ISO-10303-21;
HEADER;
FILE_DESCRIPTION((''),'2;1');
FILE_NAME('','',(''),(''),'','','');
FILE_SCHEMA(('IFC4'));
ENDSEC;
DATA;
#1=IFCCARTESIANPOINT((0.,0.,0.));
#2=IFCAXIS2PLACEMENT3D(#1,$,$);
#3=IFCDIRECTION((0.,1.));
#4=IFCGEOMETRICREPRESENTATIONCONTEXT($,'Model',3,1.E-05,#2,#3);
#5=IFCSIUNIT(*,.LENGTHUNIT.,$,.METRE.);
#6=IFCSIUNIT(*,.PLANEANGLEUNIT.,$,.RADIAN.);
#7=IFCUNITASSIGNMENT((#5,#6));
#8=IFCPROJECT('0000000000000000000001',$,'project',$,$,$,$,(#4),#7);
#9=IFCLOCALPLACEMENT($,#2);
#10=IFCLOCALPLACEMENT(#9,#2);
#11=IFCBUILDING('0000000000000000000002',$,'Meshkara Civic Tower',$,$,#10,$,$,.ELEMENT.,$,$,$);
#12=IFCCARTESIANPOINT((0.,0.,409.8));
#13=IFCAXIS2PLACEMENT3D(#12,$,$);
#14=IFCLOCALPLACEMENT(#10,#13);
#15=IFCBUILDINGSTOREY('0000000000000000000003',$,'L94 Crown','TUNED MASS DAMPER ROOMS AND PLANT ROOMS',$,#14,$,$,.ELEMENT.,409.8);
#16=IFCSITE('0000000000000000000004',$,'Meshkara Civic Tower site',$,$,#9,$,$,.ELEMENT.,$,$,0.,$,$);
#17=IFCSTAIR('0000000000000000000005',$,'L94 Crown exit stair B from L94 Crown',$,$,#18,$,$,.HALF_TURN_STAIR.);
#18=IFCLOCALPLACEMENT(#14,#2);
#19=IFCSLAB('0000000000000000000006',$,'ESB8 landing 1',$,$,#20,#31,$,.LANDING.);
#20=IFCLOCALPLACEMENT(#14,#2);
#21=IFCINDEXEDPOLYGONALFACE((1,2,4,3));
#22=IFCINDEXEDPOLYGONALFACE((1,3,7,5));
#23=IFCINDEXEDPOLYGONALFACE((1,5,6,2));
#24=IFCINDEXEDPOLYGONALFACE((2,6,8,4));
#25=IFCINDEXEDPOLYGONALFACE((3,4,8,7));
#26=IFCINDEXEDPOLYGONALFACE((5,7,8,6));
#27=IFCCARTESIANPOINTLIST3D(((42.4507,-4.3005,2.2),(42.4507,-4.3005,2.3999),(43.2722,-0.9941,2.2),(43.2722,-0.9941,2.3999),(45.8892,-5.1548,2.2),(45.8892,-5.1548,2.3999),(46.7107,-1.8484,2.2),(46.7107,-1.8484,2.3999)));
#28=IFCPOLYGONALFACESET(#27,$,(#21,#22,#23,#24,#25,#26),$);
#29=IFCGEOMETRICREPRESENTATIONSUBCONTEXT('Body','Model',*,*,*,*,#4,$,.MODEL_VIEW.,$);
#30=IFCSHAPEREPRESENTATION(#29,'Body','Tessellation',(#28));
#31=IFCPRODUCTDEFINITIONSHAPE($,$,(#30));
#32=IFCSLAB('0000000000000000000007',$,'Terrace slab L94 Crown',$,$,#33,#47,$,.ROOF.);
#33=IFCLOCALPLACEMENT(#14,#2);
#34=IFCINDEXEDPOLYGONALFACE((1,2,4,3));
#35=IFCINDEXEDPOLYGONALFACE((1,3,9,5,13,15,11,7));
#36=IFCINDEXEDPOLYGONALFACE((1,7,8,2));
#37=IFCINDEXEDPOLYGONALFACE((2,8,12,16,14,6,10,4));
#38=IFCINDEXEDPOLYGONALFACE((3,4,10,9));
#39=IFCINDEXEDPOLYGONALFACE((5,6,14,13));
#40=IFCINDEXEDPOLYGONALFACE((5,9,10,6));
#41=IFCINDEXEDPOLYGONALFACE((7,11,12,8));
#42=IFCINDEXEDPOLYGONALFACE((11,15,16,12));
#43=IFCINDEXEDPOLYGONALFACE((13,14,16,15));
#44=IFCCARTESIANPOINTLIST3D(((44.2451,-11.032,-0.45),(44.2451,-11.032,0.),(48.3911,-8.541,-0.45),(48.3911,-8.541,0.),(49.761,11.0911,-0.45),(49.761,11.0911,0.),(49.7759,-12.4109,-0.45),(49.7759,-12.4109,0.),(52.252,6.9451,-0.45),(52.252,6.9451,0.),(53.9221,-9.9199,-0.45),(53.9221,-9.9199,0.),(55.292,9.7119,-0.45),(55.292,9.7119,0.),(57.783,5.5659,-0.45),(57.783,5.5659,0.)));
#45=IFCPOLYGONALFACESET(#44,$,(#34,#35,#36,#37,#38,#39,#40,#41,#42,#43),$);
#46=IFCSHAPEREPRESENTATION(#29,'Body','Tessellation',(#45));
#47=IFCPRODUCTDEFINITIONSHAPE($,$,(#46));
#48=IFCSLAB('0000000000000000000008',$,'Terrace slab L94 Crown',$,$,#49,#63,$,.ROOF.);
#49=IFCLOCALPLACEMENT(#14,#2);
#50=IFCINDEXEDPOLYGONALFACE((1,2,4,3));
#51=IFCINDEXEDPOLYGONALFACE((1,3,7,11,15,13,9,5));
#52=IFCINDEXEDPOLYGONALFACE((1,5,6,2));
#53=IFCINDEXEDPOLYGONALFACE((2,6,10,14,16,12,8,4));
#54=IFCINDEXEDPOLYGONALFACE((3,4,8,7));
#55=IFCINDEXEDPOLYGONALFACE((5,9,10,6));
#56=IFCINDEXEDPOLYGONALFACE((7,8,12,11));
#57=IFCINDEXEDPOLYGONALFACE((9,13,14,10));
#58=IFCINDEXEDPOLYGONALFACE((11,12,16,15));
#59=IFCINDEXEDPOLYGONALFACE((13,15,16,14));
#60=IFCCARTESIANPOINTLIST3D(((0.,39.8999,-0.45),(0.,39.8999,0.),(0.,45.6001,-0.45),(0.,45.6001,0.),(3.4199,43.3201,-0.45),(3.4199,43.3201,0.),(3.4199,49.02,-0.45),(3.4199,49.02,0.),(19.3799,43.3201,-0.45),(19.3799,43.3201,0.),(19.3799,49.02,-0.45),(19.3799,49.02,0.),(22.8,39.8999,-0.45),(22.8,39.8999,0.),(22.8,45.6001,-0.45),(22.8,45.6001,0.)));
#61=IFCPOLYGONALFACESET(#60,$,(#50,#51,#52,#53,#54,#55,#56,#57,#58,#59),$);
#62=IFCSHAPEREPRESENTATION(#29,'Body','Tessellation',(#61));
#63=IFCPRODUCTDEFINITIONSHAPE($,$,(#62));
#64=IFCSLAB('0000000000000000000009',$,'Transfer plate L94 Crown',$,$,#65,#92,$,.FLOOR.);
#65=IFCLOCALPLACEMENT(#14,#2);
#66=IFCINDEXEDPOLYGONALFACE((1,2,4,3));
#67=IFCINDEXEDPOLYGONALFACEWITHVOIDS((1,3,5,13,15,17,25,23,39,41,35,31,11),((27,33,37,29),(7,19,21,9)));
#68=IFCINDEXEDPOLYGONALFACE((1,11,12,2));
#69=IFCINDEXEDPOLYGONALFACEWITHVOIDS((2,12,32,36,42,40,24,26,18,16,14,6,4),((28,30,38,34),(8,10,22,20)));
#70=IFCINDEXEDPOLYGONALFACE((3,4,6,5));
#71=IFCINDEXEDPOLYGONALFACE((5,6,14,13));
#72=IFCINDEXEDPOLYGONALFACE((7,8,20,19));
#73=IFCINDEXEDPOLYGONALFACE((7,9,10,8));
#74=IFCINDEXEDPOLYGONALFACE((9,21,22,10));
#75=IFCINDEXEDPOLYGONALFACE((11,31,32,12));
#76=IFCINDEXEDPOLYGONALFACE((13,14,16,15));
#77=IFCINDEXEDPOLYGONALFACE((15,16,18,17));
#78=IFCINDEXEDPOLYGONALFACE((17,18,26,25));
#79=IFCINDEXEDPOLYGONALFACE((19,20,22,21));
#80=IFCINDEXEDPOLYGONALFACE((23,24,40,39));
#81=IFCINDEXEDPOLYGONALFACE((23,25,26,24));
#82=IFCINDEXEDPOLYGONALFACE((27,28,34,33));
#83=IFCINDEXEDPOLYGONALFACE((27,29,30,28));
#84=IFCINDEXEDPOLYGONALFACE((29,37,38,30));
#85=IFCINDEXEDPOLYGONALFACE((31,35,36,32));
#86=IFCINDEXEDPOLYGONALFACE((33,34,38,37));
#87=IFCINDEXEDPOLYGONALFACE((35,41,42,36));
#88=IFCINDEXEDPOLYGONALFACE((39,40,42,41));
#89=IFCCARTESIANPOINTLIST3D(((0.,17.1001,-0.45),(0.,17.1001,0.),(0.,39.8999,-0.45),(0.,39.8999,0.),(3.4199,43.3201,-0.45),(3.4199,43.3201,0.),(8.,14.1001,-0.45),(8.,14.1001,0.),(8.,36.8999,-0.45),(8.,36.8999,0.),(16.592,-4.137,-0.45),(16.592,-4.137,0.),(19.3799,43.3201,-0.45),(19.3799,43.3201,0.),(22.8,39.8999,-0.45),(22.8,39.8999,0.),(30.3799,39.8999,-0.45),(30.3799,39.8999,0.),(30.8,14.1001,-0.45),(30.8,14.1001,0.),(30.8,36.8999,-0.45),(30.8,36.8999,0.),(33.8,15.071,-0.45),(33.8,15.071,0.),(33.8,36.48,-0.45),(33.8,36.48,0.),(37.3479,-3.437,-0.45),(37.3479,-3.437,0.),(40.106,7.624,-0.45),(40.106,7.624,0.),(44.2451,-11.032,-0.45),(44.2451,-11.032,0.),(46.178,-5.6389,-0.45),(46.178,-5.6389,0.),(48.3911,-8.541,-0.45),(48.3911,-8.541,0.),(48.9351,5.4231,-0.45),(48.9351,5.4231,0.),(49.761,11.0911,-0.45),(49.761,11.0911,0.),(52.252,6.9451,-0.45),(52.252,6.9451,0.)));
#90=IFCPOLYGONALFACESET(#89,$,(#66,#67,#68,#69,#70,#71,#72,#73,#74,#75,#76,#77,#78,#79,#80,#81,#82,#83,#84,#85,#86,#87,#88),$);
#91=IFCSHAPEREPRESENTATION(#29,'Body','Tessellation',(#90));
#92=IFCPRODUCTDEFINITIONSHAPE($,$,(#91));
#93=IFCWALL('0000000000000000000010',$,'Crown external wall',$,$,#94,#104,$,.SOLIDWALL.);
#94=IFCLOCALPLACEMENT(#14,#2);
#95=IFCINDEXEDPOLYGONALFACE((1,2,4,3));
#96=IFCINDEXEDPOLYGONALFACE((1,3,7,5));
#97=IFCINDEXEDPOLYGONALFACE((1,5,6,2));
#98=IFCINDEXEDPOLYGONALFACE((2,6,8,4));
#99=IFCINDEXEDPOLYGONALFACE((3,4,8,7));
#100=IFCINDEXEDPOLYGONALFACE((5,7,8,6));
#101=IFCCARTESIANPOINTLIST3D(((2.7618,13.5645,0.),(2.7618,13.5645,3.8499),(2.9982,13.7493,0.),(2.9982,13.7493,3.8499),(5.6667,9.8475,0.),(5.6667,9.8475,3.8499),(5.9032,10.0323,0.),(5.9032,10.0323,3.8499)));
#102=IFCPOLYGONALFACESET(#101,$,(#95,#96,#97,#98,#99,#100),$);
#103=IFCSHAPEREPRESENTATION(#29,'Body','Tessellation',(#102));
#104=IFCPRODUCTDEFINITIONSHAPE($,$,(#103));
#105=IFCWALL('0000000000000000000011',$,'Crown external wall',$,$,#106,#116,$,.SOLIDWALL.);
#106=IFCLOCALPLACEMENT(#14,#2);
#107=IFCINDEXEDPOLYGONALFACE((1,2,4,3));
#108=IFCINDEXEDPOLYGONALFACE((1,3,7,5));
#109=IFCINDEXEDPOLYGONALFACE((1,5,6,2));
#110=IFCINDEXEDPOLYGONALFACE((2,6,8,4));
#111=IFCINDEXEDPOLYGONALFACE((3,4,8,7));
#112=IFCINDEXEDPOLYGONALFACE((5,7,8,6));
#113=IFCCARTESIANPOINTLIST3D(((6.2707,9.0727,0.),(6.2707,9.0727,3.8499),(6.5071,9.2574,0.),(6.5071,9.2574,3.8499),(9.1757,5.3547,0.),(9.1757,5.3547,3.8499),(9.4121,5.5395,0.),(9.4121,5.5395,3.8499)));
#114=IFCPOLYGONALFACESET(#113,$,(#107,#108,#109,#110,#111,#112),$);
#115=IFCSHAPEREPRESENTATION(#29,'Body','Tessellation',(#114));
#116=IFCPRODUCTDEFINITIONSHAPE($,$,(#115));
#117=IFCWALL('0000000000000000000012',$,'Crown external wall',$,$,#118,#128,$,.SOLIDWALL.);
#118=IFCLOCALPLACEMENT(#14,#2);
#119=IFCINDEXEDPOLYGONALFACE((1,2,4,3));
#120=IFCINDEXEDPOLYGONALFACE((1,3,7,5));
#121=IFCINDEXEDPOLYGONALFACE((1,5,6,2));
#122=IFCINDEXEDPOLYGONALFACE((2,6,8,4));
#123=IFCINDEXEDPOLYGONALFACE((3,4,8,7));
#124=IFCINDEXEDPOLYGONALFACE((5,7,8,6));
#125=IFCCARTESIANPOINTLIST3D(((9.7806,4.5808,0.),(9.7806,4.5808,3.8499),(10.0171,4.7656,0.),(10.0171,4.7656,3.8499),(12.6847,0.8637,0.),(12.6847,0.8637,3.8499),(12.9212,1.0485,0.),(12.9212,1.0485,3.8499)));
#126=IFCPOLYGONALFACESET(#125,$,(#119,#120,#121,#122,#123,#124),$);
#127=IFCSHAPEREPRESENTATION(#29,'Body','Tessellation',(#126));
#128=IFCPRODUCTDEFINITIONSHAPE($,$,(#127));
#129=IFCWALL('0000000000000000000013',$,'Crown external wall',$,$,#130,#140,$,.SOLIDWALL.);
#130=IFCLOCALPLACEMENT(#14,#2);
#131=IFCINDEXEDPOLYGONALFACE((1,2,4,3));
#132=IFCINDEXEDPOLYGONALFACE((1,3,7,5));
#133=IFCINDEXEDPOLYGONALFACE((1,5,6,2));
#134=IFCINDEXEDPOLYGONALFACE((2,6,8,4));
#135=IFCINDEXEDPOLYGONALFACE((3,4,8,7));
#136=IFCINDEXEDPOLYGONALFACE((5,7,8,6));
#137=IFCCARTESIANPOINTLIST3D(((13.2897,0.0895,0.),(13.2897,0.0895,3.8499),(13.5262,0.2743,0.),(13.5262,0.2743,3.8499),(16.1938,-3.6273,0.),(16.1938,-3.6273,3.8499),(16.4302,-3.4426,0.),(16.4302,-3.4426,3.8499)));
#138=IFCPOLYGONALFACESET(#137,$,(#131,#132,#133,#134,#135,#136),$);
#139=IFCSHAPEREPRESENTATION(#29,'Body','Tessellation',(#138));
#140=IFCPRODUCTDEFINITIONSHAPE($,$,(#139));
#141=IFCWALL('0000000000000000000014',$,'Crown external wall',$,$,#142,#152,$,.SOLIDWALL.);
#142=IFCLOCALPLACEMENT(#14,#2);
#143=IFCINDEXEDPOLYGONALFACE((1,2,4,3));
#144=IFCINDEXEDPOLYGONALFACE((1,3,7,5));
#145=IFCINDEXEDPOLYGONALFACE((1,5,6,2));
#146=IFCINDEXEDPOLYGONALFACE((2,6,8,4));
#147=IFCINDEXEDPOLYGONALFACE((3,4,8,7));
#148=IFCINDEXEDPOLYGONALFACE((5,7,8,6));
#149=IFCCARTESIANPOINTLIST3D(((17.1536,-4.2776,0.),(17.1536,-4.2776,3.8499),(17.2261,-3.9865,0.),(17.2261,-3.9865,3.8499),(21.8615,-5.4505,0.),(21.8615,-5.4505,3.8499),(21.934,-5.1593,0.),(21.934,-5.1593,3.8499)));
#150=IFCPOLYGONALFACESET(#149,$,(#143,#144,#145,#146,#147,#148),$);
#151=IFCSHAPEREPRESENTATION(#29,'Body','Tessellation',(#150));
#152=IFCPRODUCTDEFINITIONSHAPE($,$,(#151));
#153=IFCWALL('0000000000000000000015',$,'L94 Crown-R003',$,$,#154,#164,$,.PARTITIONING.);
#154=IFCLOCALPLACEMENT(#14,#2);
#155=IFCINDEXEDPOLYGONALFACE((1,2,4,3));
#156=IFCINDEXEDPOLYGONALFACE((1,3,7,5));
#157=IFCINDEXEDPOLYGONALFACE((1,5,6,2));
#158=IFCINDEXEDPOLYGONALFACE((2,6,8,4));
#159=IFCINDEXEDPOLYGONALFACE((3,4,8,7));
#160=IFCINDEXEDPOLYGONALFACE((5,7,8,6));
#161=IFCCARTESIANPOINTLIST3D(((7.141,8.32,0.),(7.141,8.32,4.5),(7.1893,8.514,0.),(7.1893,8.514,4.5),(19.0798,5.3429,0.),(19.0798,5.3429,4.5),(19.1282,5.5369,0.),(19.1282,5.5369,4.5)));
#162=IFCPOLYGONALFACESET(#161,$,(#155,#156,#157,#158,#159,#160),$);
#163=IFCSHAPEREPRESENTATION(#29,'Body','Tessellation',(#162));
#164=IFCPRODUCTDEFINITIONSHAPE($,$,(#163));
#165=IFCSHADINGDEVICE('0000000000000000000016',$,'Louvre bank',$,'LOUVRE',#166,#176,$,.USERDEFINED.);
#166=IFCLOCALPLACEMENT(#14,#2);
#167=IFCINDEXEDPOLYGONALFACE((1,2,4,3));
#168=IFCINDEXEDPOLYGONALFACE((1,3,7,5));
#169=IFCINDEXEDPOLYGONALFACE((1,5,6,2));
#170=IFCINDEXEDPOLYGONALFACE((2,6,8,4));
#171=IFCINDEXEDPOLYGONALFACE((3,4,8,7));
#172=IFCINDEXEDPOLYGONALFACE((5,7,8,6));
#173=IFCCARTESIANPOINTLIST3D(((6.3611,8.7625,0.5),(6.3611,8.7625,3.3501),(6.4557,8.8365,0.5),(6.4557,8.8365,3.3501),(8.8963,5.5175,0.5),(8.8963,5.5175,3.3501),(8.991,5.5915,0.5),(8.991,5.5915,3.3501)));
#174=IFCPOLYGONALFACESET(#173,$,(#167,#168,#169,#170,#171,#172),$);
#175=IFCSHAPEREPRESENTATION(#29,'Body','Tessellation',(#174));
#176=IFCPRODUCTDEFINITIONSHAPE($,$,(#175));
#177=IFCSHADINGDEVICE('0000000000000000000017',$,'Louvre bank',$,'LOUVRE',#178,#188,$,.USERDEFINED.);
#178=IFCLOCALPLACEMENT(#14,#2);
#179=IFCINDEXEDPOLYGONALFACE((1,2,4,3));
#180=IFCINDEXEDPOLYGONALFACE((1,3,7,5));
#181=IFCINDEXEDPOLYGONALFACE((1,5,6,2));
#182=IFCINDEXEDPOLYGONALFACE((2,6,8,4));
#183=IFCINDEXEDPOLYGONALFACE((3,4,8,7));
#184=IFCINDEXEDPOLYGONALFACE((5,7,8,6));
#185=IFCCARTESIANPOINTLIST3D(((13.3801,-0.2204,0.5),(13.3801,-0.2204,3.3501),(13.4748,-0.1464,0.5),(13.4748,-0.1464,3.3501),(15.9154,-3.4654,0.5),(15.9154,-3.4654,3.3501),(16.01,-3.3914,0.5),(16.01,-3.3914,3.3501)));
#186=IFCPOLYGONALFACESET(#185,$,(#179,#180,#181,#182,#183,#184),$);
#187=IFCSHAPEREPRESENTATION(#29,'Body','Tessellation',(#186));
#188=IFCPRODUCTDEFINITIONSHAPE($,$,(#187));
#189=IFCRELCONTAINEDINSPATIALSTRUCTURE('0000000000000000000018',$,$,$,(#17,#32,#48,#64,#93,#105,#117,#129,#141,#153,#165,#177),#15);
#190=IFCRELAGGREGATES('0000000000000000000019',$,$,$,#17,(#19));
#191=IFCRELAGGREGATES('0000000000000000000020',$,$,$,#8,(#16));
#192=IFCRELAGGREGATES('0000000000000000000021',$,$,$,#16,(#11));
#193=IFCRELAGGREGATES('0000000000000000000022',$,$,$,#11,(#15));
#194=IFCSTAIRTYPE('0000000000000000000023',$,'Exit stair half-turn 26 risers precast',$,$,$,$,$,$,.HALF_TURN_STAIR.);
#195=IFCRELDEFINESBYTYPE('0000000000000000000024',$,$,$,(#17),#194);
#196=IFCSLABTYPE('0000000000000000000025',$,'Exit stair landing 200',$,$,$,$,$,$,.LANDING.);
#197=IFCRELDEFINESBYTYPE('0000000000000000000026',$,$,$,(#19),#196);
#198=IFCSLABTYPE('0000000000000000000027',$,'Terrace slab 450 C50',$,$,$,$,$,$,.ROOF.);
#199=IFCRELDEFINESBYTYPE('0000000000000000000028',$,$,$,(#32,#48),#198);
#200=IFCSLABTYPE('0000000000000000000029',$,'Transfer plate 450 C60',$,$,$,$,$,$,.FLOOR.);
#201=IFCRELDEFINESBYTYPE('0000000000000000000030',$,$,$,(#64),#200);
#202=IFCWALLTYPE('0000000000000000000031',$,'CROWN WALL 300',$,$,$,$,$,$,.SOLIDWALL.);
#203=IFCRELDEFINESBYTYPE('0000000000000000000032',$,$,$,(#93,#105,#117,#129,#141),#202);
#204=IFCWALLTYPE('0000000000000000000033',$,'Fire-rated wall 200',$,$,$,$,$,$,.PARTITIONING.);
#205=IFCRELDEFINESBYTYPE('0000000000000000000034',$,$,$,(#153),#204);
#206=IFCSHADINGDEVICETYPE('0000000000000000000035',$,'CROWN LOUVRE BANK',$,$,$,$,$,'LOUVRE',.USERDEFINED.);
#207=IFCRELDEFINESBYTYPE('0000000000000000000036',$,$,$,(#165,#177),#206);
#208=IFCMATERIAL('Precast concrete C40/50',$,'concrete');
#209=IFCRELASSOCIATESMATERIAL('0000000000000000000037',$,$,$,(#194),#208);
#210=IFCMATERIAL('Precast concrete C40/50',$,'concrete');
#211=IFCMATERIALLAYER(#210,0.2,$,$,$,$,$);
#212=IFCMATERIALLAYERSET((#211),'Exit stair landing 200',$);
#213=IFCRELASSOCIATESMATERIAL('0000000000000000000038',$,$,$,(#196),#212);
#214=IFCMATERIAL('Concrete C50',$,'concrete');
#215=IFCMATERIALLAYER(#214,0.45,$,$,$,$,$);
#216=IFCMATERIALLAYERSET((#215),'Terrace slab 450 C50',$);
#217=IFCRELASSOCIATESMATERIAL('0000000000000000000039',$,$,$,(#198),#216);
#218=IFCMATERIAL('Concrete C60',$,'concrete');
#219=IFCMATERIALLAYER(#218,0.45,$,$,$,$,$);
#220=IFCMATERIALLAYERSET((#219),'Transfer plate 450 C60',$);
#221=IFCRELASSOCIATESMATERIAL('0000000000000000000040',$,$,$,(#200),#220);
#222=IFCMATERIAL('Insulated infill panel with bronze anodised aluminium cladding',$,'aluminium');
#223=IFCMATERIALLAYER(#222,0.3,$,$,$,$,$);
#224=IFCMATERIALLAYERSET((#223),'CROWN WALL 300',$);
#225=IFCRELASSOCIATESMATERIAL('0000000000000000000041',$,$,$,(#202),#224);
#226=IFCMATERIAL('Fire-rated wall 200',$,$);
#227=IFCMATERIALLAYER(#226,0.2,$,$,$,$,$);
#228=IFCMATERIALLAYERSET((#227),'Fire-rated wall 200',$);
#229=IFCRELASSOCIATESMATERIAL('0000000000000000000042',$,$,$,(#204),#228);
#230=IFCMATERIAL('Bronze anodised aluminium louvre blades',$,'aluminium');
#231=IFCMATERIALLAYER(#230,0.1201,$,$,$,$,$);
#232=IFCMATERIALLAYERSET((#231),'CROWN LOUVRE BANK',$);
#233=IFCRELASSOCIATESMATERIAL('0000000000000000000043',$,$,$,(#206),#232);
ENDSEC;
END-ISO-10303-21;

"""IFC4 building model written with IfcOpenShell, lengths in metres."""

from ifc_helpers import new_model, si_unit, direction, frame, frame_2d, origin, origin_2d, place, context, subcontext, project, spatial, polyline, rectangle, outline, extrude, material, layer, layer_set, type_object, element, aggregate, save


model = new_model("IFC4")

# Units and contexts
model_context = context("Model", 3, precision=1e-05, world=origin(), true_north=direction((0.0, 1.0)))
body_context = subcontext(model_context, "Body", "Model", "MODEL_VIEW")
ifc_project = project(units=[si_unit("LENGTHUNIT", "METRE"), si_unit("PLANEANGLEUNIT", "RADIAN")], contexts=[model_context])

# Site, building, storey
site_placement = place(None, origin())
site = spatial("IfcSite", under=ifc_project, at=site_placement, Name="Meshkara Civic Tower site", CompositionType="ELEMENT", RefElevation=0.0)
building_placement = place(site_placement, origin())
building = spatial("IfcBuilding", under=site, at=building_placement, Name="Meshkara Civic Tower", CompositionType="ELEMENT")
storey_placement = place(building_placement, frame((0.0, 0.0, 409.8)))
storey = spatial("IfcBuildingStorey", under=building, at=storey_placement, Name="L94 Crown", Description="TUNED MASS DAMPER ROOMS AND PLANT ROOMS", CompositionType="ELEMENT", Elevation=409.8)

# Stair, slab
ifc_material_1 = material(Name="Precast concrete C40/50", Category="concrete")
stair_type = type_object("IfcStairType", Name="Exit stair half-turn 26 risers precast", PredefinedType="HALF_TURN_STAIR", material=ifc_material_1)
ifc_material_2 = material(Name="Precast concrete C40/50", Category="concrete")
ifc_layer_1 = layer(ifc_material_2, 0.2)
ifc_layer_set_1 = layer_set([ifc_layer_1], Name="Exit stair landing 200")
slab_type_1 = type_object("IfcSlabType", Name="Exit stair landing 200", PredefinedType="LANDING", material=ifc_layer_set_1)
stair_1_placement = place(storey_placement, origin())
stair_1 = element("IfcStair", 1, at=stair_1_placement, inside=storey, type_object=stair_type, Name="L94 Crown exit stair B from L94 Crown", PredefinedType="HALF_TURN_STAIR")
slab_1_placement = place(storey_placement, frame((0.0, 0.0, 2.2)))
slab_1 = element("IfcSlab", 2, at=slab_1_placement, type_object=slab_type_1, Name="ESB8 landing 1", PredefinedType="LANDING", context=body_context, shape_type="SweptSolid", body=[
    extrude(outline(polyline([(42.4507, -4.3005), (45.8892, -5.1548), (46.7107, -1.8484), (43.2722, -0.9941), (42.4507, -4.3005)])), origin(), (0.0, 0.0, 1.0), 0.2),
])
aggregate(stair_1, [slab_1])

# Slabs
ifc_material_3 = material(Name="Concrete C50", Category="concrete")
ifc_layer_2 = layer(ifc_material_3, 0.45)
ifc_layer_set_2 = layer_set([ifc_layer_2], Name="Terrace slab 450 C50")
slab_type_2 = type_object("IfcSlabType", Name="Terrace slab 450 C50", PredefinedType="ROOF", material=ifc_layer_set_2)
slab_2_placement = place(storey_placement, frame((0.0, 0.0, -0.45)))
element("IfcSlab", 3, at=slab_2_placement, inside=storey, type_object=slab_type_2, Name="Terrace slab L94 Crown", PredefinedType="ROOF", context=body_context, shape_type="SweptSolid", body=[
    extrude(outline(polyline([(57.783, 5.5659), (53.9221, -9.9199), (49.7759, -12.4109), (44.2451, -11.032), (48.3911, -8.541), (52.252, 6.9451), (49.761, 11.0911), (55.292, 9.7119), (57.783, 5.5659)])), origin(), (0.0, 0.0, 1.0), 0.45),
])
slab_3_placement = place(storey_placement, frame((0.0, 0.0, -0.45)))
element("IfcSlab", 4, at=slab_3_placement, inside=storey, type_object=slab_type_2, Name="Terrace slab L94 Crown", PredefinedType="ROOF", context=body_context, shape_type="SweptSolid", body=[
    extrude(outline(polyline([(3.4199, 49.02), (19.3799, 49.02), (22.8, 45.6001), (22.8, 39.8999), (19.3799, 43.3201), (3.4199, 43.3201), (0.0, 39.8999), (0.0, 45.6001), (3.4199, 49.02)])), origin(), (0.0, 0.0, 1.0), 0.45),
])
ifc_material_4 = material(Name="Concrete C60", Category="concrete")
ifc_layer_3 = layer(ifc_material_4, 0.45)
ifc_layer_set_3 = layer_set([ifc_layer_3], Name="Transfer plate 450 C60")
slab_type_3 = type_object("IfcSlabType", Name="Transfer plate 450 C60", PredefinedType="FLOOR", material=ifc_layer_set_3)
slab_4_placement = place(storey_placement, frame((0.0, 0.0, -0.45)))
element("IfcSlab", 5, at=slab_4_placement, inside=storey, type_object=slab_type_3, Name="Transfer plate L94 Crown", PredefinedType="FLOOR", context=body_context, shape_type="SweptSolid", body=[
    extrude(outline(polyline([(48.3911, -8.541), (44.2451, -11.032), (16.592, -4.137), (0.0, 17.1001), (0.0, 39.8999), (3.4199, 43.3201), (19.3799, 43.3201), (22.8, 39.8999), (30.3799, 39.8999), (33.8, 36.48), (33.8, 15.071), (49.761, 11.0911), (52.252, 6.9451), (48.3911, -8.541)]), holes=[polyline([(46.178, -5.6389), (48.9351, 5.4231), (40.106, 7.624), (37.3479, -3.437), (46.178, -5.6389)]), polyline([(30.8, 36.8999), (8.0, 36.8999), (8.0, 14.1001), (30.8, 14.1001), (30.8, 36.8999)])]), origin(), (0.0, 0.0, 1.0), 0.45),
])

# Walls
ifc_material_5 = material(Name="Insulated infill panel with bronze anodised aluminium cladding", Category="aluminium")
ifc_layer_4 = layer(ifc_material_5, 0.3)
ifc_layer_set_4 = layer_set([ifc_layer_4], Name="CROWN WALL 300")
wall_type_1 = type_object("IfcWallType", Name="CROWN WALL 300", PredefinedType="SOLIDWALL", material=ifc_layer_set_4)
wall_1_placement = place(storey_placement, frame((2.8799, 13.657, 0.0), z_axis=(0.0, 0.0, 1.0), x_axis=(0.615788, -0.787912, 0.0)))
element("IfcWall", 6, at=wall_1_placement, inside=storey, type_object=wall_type_1, Name="Crown external wall", PredefinedType="SOLIDWALL", context=body_context, shape_type="SweptSolid", body=[
    extrude(rectangle(XDim=4.7175, YDim=0.3, at=frame_2d((2.3589, 0.0))), origin(), (0.0, 0.0, 1.0), 3.8499),
])
wall_2_placement = place(storey_placement, frame((6.3889, 9.165, 0.0), z_axis=(0.0, 0.0, 1.0), x_axis=(0.615687, -0.787991, 0.0)))
element("IfcWall", 7, at=wall_2_placement, inside=storey, type_object=wall_type_1, Name="Crown external wall", PredefinedType="SOLIDWALL", context=body_context, shape_type="SweptSolid", body=[
    extrude(rectangle(XDim=4.7183, YDim=0.3, at=frame_2d((2.3591, 0.0))), origin(), (0.0, 0.0, 1.0), 3.8499),
])
wall_3_placement = place(storey_placement, frame((9.8989, 4.6731, 0.0), z_axis=(0.0, 0.0, 1.0), x_axis=(0.615659, -0.788013, 0.0)))
element("IfcWall", 8, at=wall_3_placement, inside=storey, type_object=wall_type_1, Name="Crown external wall", PredefinedType="SOLIDWALL", context=body_context, shape_type="SweptSolid", body=[
    extrude(rectangle(XDim=4.717, YDim=0.3, at=frame_2d((2.3584, 0.0))), origin(), (0.0, 0.0, 1.0), 3.8499),
])
wall_4_placement = place(storey_placement, frame((13.408, 0.1819, 0.0), z_axis=(0.0, 0.0, 1.0), x_axis=(0.615684, -0.787993, 0.0)))
element("IfcWall", 9, at=wall_4_placement, inside=storey, type_object=wall_type_1, Name="Crown external wall", PredefinedType="SOLIDWALL", context=body_context, shape_type="SweptSolid", body=[
    extrude(rectangle(XDim=4.7168, YDim=0.3, at=frame_2d((2.3584, 0.0))), origin(), (0.0, 0.0, 1.0), 3.8499),
])
wall_5_placement = place(storey_placement, frame((17.1899, -4.1321, 0.0), z_axis=(0.0, 0.0, 1.0), x_axis=(0.970343, -0.24173, 0.0)))
element("IfcWall", 10, at=wall_5_placement, inside=storey, type_object=wall_type_1, Name="Crown external wall", PredefinedType="SOLIDWALL", context=body_context, shape_type="SweptSolid", body=[
    extrude(rectangle(XDim=4.8518, YDim=0.3, at=frame_2d((2.4258, 0.0))), origin(), (0.0, 0.0, 1.0), 3.8499),
])
ifc_material_6 = material(Name="Fire-rated wall 200")
ifc_layer_5 = layer(ifc_material_6, 0.2)
ifc_layer_set_5 = layer_set([ifc_layer_5], Name="Fire-rated wall 200")
wall_type_2 = type_object("IfcWallType", Name="Fire-rated wall 200", PredefinedType="PARTITIONING", material=ifc_layer_set_5)
wall_6_placement = place(storey_placement, frame((7.165, 8.417, 0.0), z_axis=(0.0, 0.0, 1.0), x_axis=(0.970289, -0.241947, 0.0)))
element("IfcWall", 11, at=wall_6_placement, inside=storey, type_object=wall_type_2, Name="L94 Crown-R003", PredefinedType="PARTITIONING", context=body_context, shape_type="SweptSolid", body=[
    extrude(rectangle(XDim=12.3044, YDim=0.2, at=frame_2d((6.1523, 0.0))), origin(), (0.0, 0.0, 1.0), 4.5),
])

# Shading devices
ifc_material_7 = material(Name="Bronze anodised aluminium louvre blades", Category="aluminium")
ifc_layer_6 = layer(ifc_material_7, 0.1201)
ifc_layer_set_6 = layer_set([ifc_layer_6], Name="CROWN LOUVRE BANK")
shading_device_type = type_object("IfcShadingDeviceType", Name="CROWN LOUVRE BANK", ElementType="LOUVRE", PredefinedType="USERDEFINED", material=ifc_layer_set_6)
for number, where, z_axis, x_axis, name in (
    (12, (7.676, 7.177, 0.5), (0.0, 0.0, 1.0), (0.615661, -0.788011, 0.0), "Louvre bank"),
    (13, (14.6951, -1.8059, 0.5), (0.0, 0.0, 1.0), (0.615661, -0.788011, 0.0), "Louvre bank"),
):
    element("IfcShadingDevice", number, at=place(storey_placement, frame(where, z_axis=z_axis, x_axis=x_axis)), inside=storey, type_object=shading_device_type, Name=name, ObjectType="LOUVRE", PredefinedType="USERDEFINED", context=body_context, shape_type="SweptSolid", body=[
        extrude(rectangle(XDim=4.1179, YDim=0.1201, at=origin_2d()), origin(), (0.0, 0.0, 1.0), 2.8501),
    ])

save(model, "model.ifc")
